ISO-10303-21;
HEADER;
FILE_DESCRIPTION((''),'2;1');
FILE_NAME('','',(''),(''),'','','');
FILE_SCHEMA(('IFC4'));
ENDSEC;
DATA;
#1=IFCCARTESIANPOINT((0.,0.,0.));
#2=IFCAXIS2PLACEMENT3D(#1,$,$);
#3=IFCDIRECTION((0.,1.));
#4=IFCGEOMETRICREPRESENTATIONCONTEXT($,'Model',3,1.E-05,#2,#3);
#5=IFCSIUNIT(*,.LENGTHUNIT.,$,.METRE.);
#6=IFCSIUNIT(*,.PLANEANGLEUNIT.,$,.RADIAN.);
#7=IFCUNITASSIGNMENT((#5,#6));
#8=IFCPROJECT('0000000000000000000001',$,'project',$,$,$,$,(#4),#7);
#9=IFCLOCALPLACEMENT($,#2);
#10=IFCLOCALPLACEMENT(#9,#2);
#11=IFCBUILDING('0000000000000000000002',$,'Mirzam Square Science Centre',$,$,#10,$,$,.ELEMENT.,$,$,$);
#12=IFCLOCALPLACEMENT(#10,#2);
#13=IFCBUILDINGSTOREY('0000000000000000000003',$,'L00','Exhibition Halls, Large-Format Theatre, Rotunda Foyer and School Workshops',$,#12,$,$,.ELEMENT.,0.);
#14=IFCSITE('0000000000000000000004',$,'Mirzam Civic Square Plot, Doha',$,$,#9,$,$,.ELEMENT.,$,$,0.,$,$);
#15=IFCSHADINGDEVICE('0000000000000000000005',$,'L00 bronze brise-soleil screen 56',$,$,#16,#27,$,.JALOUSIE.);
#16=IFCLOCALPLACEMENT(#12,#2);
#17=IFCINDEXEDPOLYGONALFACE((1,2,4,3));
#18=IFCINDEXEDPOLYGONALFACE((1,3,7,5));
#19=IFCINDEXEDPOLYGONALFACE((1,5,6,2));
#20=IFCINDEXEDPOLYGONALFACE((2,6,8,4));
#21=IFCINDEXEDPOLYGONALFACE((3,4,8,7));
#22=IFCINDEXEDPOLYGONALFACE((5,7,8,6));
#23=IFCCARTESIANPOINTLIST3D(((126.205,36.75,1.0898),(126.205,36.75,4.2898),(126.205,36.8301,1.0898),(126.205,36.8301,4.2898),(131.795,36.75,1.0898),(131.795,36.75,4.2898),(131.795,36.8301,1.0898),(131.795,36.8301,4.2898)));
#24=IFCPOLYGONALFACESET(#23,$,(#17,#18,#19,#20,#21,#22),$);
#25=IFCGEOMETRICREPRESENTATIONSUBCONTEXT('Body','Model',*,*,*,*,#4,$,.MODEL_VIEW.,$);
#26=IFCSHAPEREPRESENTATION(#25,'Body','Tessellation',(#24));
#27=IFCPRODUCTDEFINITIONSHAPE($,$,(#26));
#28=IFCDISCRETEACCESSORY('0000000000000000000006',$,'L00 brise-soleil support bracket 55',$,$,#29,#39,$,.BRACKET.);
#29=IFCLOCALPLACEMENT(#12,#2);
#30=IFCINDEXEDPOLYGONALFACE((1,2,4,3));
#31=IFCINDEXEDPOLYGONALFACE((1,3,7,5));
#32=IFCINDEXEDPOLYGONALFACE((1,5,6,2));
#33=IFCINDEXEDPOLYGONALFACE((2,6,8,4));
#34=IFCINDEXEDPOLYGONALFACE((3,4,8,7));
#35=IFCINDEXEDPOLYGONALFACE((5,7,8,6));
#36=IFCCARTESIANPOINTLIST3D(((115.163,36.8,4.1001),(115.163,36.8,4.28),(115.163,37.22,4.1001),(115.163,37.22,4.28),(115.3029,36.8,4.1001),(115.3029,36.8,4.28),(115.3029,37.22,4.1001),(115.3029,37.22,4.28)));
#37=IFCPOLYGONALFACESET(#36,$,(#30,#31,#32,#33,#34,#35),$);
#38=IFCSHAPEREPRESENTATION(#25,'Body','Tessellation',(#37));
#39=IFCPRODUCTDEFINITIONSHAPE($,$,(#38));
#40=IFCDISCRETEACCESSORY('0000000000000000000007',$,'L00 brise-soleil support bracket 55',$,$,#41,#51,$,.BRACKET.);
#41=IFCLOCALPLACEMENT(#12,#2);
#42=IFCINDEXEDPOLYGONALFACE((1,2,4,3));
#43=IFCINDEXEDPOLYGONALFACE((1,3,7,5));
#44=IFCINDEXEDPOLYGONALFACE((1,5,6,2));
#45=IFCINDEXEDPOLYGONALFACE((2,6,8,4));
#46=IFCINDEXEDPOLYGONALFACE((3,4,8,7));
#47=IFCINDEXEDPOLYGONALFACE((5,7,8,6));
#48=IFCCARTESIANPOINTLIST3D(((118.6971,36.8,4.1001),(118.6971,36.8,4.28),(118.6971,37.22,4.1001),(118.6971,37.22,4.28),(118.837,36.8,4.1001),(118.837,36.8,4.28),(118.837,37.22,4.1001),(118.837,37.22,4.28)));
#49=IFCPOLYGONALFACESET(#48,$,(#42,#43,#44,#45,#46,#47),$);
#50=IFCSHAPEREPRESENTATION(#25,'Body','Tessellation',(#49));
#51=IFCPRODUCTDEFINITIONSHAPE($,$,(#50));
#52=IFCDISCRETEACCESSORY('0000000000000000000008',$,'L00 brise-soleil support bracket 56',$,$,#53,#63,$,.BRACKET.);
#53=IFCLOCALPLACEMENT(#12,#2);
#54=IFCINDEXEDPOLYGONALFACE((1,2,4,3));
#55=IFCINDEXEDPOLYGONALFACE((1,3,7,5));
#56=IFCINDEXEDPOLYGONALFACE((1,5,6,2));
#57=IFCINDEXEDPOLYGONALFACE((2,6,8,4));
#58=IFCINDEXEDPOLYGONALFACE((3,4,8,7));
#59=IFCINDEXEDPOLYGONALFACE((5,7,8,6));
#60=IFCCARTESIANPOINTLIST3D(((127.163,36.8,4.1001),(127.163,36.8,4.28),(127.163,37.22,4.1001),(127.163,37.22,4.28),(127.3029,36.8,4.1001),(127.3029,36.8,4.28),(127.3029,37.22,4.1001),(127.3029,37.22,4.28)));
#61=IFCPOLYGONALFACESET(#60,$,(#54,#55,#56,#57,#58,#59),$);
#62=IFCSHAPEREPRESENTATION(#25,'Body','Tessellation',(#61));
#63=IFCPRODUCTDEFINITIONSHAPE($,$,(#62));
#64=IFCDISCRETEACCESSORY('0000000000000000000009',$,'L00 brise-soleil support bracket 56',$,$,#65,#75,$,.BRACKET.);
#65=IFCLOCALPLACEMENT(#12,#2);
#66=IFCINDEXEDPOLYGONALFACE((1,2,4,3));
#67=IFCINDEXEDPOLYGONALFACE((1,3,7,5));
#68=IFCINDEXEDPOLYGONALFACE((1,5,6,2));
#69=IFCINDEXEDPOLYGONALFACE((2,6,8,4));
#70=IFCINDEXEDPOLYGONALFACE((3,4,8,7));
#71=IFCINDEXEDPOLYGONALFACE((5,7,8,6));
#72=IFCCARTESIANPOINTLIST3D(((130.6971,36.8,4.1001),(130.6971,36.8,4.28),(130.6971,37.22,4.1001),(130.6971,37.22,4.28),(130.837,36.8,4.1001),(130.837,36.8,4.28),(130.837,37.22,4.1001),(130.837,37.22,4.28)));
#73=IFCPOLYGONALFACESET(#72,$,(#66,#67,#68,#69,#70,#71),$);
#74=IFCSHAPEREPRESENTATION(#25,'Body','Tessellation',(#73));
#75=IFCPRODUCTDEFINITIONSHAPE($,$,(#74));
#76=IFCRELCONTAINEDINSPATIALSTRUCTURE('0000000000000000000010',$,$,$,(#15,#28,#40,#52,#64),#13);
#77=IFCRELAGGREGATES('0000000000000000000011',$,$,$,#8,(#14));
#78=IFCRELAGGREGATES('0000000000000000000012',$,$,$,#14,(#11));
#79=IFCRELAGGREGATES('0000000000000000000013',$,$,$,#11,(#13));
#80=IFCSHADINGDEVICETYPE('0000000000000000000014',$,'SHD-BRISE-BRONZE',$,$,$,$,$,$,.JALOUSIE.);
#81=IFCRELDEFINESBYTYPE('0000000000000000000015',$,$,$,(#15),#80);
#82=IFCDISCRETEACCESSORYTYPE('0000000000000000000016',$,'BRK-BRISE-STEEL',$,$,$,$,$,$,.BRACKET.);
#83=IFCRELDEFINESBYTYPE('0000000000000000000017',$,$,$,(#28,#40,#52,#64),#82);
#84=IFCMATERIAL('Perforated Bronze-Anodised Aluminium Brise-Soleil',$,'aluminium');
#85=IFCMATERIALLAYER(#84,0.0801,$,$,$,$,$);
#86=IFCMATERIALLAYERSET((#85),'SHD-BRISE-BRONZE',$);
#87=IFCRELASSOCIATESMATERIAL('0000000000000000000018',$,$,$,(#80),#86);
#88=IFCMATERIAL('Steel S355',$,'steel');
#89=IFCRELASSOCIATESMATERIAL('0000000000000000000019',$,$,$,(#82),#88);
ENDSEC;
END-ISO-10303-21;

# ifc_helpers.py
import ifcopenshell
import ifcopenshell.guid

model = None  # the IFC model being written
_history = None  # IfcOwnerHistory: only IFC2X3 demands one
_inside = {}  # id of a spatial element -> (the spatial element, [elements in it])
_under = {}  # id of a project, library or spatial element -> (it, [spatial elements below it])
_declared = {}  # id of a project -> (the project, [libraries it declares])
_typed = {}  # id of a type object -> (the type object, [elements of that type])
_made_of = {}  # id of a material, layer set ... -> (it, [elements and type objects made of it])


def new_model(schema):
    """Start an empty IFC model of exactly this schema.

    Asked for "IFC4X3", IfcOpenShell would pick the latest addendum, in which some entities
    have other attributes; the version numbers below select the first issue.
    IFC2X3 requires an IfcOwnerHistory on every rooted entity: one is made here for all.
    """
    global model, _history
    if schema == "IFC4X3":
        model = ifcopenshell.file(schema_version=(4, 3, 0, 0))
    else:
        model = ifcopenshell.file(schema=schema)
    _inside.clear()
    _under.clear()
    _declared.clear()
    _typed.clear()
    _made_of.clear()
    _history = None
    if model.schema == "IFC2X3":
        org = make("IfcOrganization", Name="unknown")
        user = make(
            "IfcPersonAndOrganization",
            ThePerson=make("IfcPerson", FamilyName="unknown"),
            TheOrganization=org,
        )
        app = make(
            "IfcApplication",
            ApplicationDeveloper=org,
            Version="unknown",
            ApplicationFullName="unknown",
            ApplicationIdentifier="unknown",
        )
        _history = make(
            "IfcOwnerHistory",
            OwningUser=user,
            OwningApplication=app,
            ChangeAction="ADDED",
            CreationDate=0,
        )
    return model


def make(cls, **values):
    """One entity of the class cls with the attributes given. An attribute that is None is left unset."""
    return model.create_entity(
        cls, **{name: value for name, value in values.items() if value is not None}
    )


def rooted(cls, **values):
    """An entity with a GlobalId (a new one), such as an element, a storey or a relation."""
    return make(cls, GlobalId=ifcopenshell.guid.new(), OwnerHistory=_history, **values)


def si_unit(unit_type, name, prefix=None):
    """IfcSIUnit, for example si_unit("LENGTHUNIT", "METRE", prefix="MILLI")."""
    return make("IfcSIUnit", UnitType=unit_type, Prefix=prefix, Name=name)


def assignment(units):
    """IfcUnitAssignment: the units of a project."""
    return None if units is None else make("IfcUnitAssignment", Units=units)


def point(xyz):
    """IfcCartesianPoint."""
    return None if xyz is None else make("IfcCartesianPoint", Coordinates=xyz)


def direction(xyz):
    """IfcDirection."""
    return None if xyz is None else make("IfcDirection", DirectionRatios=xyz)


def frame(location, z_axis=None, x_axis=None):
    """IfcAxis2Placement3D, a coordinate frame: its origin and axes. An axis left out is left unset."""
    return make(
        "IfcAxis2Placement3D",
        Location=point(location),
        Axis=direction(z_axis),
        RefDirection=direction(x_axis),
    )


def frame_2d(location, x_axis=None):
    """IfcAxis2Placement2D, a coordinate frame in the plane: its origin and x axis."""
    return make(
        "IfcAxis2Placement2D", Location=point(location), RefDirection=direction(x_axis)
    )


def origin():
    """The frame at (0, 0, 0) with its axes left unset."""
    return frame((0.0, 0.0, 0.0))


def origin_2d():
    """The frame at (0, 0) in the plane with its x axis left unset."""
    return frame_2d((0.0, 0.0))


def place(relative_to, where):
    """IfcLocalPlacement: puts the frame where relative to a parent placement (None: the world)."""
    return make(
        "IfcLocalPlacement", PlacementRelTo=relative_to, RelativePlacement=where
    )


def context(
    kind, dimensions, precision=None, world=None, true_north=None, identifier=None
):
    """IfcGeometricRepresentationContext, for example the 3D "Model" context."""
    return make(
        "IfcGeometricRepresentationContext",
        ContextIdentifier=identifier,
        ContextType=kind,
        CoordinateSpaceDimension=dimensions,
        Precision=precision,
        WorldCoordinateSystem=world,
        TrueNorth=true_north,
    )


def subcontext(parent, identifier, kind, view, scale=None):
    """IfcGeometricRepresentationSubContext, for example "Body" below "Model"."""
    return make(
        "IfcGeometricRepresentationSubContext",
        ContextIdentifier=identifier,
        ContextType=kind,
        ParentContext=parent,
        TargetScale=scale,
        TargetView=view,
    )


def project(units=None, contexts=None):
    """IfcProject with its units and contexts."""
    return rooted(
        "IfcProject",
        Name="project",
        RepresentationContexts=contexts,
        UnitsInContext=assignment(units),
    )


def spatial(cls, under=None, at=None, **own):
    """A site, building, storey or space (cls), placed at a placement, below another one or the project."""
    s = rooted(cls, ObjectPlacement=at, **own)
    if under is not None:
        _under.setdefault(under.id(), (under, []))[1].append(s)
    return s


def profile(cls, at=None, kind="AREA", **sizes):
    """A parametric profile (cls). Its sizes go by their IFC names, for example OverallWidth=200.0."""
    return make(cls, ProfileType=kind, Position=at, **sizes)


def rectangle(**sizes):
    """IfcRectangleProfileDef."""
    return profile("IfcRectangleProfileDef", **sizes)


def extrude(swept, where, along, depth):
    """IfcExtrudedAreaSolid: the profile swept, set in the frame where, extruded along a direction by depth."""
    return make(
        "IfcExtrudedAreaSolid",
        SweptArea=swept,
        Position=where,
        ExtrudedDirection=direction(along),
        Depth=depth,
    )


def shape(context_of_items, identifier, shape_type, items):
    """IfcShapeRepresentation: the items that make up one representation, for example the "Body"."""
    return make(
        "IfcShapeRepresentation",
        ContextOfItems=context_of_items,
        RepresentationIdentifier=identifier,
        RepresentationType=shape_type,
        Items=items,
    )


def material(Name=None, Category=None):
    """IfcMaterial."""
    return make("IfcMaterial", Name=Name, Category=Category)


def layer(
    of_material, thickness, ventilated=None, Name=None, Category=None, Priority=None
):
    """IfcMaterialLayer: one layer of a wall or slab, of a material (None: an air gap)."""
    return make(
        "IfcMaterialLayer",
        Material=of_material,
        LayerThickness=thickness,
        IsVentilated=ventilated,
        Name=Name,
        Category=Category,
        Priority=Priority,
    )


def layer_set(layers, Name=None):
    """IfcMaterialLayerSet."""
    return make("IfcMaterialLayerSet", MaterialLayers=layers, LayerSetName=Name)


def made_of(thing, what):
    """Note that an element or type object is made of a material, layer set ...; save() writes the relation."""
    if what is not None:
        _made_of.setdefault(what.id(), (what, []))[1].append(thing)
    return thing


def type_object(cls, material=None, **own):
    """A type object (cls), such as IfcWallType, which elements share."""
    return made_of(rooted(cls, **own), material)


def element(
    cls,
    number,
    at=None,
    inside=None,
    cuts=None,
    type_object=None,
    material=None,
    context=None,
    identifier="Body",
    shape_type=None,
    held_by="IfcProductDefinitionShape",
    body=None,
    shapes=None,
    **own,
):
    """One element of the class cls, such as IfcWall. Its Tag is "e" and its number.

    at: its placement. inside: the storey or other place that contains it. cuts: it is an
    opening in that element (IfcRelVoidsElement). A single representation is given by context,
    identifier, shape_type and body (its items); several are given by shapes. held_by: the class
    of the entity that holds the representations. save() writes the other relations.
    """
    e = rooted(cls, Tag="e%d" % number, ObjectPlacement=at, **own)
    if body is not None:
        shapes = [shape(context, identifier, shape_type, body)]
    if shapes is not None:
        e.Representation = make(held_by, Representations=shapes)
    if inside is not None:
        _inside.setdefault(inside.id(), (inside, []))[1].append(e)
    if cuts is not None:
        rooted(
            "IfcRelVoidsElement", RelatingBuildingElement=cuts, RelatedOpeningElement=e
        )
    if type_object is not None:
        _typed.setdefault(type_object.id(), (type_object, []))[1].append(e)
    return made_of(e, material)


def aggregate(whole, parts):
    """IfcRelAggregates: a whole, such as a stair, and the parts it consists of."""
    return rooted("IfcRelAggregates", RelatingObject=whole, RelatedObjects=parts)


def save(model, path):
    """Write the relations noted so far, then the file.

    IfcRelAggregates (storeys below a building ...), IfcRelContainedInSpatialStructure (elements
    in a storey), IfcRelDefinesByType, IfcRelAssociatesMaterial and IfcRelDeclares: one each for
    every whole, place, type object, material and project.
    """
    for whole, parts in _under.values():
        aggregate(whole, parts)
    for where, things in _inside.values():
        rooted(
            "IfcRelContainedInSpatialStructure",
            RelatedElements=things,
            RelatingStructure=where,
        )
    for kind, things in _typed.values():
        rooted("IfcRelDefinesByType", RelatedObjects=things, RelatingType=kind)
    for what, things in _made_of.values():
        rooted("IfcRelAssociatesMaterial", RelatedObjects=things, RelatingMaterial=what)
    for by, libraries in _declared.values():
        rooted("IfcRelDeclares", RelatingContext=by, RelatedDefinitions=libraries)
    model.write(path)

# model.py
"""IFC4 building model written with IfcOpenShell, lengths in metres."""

from ifc_helpers import new_model, si_unit, direction, frame, origin, origin_2d, place, context, subcontext, project, spatial, rectangle, extrude, material, layer, layer_set, type_object, element, save


model = new_model("IFC4")

# Units and contexts
model_context = context("Model", 3, precision=1e-05, world=origin(), true_north=direction((0.0, 1.0)))
body_context = subcontext(model_context, "Body", "Model", "MODEL_VIEW")
ifc_project = project(units=[si_unit("LENGTHUNIT", "METRE"), si_unit("PLANEANGLEUNIT", "RADIAN")], contexts=[model_context])

# Site, building, storey
site_placement = place(None, origin())
site = spatial("IfcSite", under=ifc_project, at=site_placement, Name="Mirzam Civic Square Plot, Doha", CompositionType="ELEMENT", RefElevation=0.0)
building_placement = place(site_placement, origin())
building = spatial("IfcBuilding", under=site, at=building_placement, Name="Mirzam Square Science Centre", CompositionType="ELEMENT")
storey_placement = place(building_placement, origin())
storey = spatial("IfcBuildingStorey", under=building, at=storey_placement, Name="L00", Description="Exhibition Halls, Large-Format Theatre, Rotunda Foyer and School Workshops", CompositionType="ELEMENT", Elevation=0.0)

# Shared definitions
ifc_material_1 = material(Name="Steel S355", Category="steel")

# Shading device
ifc_material_2 = material(Name="Perforated Bronze-Anodised Aluminium Brise-Soleil", Category="aluminium")
ifc_layer_1 = layer(ifc_material_2, 0.0801)
ifc_layer_set_1 = layer_set([ifc_layer_1], Name="SHD-BRISE-BRONZE")
shading_device_type = type_object("IfcShadingDeviceType", Name="SHD-BRISE-BRONZE", PredefinedType="JALOUSIE", material=ifc_layer_set_1)
for number, where, z_axis, x_axis, name in (
    (1, (129.0, 36.79, 1.0898), (0.0, 0.0, 1.0), (1.0, 0.0, 0.0), "L00 bronze brise-soleil screen 56"),
):
    element("IfcShadingDevice", number, at=place(storey_placement, frame(where, z_axis=z_axis, x_axis=x_axis)), inside=storey, type_object=shading_device_type, Name=name, PredefinedType="JALOUSIE", context=body_context, shape_type="SweptSolid", body=[
        extrude(rectangle(XDim=5.5901, YDim=0.0801, at=origin_2d()), origin(), (0.0, 0.0, 1.0), 3.2),
    ])

# Discrete accessories
discrete_accessory_type = type_object("IfcDiscreteAccessoryType", Name="BRK-BRISE-STEEL", PredefinedType="BRACKET", material=ifc_material_1)
for number, where, z_axis, x_axis, name in (
    (2, (115.2329, 37.01, 4.1001), (0.0, 0.0, 1.0), (1.0, 0.0, 0.0), "L00 brise-soleil support bracket 55"),
    (3, (118.7671, 37.01, 4.1001), (0.0, 0.0, 1.0), (1.0, 0.0, 0.0), "L00 brise-soleil support bracket 55"),
    (4, (127.2329, 37.01, 4.1001), (0.0, 0.0, 1.0), (1.0, 0.0, 0.0), "L00 brise-soleil support bracket 56"),
    (5, (130.7671, 37.01, 4.1001), (0.0, 0.0, 1.0), (1.0, 0.0, 0.0), "L00 brise-soleil support bracket 56"),
):
    element("IfcDiscreteAccessory", number, at=place(storey_placement, frame(where, z_axis=z_axis, x_axis=x_axis)), inside=storey, type_object=discrete_accessory_type, Name=name, PredefinedType="BRACKET", context=body_context, shape_type="SweptSolid", body=[
        extrude(rectangle(XDim=0.1399, YDim=0.4199, at=origin_2d()), origin(), (0.0, 0.0, 1.0), 0.1799),
    ])

save(model, "model.ifc")
